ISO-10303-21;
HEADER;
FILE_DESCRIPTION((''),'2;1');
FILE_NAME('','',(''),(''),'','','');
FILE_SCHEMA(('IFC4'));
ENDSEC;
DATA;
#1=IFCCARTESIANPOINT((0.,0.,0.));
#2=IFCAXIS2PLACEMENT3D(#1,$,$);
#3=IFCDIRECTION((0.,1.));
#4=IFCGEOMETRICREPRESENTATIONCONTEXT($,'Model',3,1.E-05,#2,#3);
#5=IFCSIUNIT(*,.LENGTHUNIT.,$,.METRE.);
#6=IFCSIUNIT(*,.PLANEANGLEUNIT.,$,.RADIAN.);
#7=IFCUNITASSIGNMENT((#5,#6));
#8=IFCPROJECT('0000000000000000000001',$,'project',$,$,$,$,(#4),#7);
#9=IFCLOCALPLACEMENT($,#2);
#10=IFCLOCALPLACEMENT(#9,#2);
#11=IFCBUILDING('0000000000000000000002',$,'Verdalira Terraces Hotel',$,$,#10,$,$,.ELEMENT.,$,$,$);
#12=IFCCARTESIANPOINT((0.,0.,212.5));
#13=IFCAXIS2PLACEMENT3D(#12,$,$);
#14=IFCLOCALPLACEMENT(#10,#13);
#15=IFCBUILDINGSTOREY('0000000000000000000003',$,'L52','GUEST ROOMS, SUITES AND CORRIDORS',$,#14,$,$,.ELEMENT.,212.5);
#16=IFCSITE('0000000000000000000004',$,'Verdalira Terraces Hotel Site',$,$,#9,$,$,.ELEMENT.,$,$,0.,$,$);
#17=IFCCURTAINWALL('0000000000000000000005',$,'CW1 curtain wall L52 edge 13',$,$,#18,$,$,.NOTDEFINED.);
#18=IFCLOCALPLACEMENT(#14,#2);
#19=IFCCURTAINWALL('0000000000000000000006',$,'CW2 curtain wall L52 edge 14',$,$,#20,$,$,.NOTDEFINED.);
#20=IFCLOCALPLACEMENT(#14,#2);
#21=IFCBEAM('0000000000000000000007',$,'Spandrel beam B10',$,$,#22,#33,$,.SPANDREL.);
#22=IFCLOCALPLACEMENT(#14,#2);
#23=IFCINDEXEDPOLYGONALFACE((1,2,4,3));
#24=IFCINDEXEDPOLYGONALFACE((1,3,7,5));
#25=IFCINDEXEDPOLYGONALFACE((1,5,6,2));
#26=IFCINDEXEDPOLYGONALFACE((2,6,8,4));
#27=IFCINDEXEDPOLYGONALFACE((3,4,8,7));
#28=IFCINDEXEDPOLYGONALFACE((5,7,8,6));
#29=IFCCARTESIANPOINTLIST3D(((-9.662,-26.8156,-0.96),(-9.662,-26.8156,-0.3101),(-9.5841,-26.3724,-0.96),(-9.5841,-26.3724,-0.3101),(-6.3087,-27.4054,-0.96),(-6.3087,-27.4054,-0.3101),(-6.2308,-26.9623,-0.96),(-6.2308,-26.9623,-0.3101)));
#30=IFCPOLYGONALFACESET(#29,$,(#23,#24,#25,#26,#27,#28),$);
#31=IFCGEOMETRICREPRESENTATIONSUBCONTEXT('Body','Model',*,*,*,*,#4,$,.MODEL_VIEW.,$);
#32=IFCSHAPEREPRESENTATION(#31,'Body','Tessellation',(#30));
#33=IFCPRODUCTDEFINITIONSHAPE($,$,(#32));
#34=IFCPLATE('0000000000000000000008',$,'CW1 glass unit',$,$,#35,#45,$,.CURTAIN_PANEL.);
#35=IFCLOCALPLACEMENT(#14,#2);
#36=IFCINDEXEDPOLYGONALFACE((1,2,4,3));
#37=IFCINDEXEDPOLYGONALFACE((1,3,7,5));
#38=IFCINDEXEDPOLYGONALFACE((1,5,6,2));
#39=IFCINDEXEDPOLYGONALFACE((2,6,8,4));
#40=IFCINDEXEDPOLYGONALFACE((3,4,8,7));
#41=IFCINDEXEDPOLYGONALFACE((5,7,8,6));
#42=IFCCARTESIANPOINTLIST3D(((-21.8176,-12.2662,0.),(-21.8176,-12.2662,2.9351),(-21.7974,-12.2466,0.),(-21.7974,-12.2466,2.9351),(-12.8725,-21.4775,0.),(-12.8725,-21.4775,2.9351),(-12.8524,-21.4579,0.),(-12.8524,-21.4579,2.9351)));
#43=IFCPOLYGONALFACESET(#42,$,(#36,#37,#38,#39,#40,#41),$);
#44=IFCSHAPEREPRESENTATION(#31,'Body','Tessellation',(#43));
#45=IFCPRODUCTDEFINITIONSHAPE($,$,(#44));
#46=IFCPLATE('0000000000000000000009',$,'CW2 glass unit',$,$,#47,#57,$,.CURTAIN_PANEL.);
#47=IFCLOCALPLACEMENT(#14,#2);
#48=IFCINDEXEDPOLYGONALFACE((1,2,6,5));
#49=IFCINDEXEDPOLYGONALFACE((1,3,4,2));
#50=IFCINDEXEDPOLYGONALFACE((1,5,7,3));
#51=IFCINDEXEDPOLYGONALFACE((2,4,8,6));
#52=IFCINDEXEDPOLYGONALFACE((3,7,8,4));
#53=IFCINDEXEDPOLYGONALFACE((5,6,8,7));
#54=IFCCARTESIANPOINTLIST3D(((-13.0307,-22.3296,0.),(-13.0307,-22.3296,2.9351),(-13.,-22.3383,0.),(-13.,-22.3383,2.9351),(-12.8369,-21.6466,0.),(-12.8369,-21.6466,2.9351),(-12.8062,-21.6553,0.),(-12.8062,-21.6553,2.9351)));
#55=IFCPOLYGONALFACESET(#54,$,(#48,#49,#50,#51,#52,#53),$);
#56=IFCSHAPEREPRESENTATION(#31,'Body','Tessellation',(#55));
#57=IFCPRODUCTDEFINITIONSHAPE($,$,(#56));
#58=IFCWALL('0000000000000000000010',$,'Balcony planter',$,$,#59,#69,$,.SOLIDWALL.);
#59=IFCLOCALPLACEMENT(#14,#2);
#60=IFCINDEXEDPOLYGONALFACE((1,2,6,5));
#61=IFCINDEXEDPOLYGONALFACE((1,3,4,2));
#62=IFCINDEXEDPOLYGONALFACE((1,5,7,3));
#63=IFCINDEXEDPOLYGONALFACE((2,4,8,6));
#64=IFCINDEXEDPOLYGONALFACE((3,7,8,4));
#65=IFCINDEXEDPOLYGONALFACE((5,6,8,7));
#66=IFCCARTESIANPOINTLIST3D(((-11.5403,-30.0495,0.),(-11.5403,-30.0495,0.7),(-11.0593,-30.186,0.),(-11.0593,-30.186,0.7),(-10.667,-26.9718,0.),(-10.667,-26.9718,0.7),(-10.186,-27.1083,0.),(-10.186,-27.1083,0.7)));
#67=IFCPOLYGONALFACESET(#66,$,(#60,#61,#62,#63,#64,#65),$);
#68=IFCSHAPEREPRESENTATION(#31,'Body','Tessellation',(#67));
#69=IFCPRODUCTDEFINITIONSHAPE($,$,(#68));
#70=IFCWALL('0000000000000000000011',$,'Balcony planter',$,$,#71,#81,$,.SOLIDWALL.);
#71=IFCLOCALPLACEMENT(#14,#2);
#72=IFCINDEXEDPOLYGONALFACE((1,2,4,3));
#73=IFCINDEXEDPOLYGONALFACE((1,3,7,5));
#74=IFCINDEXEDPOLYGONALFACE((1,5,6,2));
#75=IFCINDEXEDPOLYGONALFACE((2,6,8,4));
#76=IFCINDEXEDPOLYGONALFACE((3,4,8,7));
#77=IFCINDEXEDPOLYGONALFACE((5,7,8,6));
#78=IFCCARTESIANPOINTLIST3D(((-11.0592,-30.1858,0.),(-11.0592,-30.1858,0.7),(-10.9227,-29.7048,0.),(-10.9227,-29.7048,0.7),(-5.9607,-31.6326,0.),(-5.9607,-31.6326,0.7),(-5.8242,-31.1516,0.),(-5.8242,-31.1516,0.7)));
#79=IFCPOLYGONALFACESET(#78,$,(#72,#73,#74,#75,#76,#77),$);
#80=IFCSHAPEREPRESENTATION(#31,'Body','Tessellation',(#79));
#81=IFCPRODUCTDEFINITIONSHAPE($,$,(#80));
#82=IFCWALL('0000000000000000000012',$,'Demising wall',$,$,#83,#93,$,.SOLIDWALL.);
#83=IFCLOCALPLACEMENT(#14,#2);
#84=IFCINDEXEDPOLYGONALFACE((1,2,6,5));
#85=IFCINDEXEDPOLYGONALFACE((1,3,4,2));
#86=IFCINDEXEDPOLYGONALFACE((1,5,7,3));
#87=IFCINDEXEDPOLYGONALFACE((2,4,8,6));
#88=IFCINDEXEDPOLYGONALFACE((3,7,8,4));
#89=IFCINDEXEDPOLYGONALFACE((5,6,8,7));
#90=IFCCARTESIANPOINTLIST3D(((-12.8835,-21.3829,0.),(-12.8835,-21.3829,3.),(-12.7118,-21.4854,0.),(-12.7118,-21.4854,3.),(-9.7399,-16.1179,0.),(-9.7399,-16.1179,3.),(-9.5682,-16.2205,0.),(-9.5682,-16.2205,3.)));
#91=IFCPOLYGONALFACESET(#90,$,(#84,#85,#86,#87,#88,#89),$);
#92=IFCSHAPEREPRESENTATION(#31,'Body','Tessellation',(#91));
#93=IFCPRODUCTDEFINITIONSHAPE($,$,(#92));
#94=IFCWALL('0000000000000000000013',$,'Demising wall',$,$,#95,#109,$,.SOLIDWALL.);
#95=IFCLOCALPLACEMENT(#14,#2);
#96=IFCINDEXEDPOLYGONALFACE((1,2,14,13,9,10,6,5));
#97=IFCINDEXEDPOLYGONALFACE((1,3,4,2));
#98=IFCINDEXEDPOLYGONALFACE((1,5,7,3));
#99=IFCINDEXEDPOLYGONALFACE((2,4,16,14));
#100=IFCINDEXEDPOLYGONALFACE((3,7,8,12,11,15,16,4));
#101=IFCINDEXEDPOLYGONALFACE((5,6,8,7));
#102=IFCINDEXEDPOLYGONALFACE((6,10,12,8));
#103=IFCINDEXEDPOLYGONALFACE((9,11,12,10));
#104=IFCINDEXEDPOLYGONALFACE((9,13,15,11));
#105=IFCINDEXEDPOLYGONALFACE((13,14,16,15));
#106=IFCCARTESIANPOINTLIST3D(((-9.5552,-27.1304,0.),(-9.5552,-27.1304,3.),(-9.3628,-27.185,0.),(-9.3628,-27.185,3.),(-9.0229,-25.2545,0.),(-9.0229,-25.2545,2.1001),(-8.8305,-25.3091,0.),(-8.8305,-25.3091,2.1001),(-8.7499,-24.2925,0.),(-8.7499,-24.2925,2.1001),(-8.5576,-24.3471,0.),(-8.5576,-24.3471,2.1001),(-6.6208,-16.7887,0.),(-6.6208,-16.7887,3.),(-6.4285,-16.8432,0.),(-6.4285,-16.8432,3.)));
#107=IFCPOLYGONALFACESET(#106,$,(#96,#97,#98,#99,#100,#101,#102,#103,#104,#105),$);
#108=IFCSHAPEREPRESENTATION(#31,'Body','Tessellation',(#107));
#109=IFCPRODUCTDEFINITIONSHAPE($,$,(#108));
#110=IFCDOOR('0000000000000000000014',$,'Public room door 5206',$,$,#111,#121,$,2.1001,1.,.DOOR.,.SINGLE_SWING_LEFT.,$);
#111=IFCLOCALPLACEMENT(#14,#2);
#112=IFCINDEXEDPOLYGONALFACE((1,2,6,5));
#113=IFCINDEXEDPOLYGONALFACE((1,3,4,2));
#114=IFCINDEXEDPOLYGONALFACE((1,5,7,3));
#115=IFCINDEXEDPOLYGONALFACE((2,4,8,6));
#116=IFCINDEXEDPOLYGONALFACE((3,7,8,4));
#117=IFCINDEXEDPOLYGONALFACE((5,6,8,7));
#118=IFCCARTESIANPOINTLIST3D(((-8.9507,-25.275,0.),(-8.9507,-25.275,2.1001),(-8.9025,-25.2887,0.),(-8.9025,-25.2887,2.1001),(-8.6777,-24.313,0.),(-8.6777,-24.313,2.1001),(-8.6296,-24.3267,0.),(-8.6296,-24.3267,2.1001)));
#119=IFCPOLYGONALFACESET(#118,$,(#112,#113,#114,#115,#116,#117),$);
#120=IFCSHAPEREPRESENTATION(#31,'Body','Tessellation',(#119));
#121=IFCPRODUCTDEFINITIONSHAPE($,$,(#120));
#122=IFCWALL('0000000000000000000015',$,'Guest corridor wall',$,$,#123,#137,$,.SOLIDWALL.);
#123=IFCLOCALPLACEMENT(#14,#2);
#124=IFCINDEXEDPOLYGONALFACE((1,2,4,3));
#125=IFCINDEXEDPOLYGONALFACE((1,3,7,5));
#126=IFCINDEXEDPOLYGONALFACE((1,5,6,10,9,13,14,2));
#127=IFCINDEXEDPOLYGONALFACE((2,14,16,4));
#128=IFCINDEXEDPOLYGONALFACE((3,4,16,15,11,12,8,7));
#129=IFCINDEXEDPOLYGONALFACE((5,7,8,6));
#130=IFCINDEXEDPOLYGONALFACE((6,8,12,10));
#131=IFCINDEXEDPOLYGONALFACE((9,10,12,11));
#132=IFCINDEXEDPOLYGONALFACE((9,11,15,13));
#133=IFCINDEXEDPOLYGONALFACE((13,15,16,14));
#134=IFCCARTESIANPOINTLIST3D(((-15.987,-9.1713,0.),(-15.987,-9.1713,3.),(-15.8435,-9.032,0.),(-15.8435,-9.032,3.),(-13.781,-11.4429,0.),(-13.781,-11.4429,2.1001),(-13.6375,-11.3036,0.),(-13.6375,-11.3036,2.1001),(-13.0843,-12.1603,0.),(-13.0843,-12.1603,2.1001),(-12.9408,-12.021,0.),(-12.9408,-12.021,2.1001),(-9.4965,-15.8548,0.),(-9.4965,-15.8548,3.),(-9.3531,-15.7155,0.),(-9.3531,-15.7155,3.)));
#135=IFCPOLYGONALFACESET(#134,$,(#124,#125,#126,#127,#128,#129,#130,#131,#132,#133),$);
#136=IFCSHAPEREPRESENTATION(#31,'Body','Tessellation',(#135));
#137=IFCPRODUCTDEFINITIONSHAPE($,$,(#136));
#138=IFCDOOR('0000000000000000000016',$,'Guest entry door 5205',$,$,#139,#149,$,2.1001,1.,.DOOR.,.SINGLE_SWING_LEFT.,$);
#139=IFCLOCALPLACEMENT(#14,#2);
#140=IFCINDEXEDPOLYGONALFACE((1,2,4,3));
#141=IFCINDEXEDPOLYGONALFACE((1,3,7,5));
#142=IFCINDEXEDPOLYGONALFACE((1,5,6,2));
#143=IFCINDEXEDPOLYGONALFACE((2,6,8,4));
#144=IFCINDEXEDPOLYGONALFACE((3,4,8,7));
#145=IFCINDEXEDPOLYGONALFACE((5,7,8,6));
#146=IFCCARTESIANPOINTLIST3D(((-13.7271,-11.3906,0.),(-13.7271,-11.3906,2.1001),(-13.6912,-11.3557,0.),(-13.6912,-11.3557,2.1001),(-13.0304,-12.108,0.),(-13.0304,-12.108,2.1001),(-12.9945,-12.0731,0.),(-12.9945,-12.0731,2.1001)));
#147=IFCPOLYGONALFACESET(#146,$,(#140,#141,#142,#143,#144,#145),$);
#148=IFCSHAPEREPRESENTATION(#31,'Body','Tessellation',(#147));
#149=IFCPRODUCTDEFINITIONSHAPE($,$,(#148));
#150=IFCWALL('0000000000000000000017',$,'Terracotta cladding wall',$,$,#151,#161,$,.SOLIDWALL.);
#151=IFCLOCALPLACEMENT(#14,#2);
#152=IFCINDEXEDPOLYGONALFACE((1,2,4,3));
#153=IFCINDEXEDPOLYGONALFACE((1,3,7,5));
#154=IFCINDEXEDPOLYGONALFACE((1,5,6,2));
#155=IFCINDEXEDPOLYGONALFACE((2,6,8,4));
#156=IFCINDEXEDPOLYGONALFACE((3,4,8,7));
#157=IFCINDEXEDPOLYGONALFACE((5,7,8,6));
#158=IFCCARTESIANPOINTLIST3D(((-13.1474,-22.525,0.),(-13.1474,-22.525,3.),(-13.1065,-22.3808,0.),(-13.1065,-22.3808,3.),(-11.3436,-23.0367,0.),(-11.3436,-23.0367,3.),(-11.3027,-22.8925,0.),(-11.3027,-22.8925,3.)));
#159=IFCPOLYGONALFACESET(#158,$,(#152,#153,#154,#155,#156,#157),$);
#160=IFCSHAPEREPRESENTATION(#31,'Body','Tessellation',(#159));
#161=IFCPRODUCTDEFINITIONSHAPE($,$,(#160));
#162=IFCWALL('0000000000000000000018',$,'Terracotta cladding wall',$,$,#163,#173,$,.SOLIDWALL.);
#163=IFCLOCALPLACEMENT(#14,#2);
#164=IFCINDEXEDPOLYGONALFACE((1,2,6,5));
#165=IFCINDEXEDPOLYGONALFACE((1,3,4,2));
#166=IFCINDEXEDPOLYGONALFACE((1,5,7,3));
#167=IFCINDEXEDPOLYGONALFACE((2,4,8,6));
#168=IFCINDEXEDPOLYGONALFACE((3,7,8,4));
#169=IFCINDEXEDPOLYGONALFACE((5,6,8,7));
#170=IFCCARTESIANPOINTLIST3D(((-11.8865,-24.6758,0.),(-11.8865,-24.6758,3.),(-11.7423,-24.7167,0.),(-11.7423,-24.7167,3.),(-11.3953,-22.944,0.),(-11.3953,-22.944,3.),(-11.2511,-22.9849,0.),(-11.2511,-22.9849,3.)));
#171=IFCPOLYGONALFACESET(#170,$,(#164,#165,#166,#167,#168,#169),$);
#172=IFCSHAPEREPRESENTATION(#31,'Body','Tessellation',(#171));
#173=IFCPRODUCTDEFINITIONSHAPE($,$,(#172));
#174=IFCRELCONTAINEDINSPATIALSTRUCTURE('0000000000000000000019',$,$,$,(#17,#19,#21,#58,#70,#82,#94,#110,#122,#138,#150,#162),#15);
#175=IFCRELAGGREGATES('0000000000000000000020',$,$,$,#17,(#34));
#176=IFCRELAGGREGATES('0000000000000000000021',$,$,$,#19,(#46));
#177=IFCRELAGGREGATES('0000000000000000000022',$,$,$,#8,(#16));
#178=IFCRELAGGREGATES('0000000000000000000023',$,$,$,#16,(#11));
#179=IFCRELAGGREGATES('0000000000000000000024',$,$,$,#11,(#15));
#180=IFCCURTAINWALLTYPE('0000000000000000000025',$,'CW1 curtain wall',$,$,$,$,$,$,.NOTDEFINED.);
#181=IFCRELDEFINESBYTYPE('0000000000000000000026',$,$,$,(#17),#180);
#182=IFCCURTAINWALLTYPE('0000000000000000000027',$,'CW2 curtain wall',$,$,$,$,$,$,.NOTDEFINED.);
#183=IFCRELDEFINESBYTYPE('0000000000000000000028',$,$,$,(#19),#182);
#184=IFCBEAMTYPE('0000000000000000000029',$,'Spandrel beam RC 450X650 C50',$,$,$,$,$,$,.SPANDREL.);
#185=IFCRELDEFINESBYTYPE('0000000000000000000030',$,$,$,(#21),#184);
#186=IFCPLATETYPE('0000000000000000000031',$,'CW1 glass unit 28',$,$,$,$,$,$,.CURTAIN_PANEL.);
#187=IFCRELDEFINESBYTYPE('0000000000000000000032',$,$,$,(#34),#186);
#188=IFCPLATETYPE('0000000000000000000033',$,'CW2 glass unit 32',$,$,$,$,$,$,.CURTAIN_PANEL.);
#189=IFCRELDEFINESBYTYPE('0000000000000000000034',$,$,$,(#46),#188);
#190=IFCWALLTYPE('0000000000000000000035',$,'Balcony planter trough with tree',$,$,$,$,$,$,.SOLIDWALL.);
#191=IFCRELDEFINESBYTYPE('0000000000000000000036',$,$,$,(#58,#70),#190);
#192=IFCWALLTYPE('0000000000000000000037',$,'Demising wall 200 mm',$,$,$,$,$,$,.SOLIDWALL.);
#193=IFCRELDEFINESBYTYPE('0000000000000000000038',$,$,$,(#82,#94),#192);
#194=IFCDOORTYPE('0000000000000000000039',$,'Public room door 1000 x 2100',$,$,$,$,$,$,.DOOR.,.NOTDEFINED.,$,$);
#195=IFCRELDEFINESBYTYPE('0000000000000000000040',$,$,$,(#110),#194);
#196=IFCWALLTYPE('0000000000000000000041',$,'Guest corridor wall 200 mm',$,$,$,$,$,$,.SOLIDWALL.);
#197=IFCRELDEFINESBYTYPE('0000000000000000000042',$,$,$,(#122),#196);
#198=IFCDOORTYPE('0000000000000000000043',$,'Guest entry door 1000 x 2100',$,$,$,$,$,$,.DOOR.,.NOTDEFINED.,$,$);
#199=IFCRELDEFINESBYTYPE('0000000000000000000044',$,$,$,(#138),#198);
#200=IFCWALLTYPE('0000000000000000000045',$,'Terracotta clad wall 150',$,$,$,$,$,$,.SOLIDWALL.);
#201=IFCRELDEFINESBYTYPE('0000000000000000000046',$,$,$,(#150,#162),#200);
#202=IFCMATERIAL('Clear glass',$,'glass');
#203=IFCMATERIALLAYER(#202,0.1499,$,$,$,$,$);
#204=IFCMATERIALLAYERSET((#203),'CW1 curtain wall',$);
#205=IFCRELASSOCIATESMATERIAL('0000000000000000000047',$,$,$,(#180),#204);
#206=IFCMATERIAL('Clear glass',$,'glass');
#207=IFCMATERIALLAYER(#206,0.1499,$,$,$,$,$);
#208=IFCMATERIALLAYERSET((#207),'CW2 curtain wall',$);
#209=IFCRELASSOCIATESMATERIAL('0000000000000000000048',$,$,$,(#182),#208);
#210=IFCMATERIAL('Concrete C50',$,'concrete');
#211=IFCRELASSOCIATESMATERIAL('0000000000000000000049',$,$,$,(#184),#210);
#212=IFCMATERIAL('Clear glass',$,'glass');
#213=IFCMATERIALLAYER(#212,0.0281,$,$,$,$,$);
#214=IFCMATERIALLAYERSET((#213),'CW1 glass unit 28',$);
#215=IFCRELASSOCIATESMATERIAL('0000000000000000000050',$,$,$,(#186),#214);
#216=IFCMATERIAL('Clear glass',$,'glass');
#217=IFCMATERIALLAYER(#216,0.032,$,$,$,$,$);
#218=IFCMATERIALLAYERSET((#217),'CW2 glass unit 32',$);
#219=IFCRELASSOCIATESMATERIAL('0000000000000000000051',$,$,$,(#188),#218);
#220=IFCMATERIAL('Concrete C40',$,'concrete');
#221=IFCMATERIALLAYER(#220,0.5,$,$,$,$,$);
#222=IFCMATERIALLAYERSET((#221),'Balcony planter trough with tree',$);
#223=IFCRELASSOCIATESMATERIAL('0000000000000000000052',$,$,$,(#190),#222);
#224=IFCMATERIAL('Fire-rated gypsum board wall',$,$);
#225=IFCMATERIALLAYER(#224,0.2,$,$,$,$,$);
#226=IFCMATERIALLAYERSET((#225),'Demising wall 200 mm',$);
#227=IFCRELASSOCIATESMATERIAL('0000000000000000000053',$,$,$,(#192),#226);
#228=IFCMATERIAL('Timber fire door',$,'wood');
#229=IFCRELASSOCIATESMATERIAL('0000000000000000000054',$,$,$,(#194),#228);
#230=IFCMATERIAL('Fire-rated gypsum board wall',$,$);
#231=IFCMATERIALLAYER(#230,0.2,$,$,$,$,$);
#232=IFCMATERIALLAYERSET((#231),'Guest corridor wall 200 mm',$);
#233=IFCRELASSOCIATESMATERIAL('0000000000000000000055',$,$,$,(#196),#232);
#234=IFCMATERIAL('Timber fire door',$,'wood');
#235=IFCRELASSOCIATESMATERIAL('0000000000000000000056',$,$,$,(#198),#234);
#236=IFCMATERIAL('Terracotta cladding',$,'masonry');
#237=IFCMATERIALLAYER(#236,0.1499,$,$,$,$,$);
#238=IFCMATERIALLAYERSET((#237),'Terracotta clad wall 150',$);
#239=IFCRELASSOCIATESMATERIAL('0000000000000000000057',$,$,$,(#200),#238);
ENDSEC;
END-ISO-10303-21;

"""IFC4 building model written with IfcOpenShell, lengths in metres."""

from ifc_helpers import new_model, si_unit, direction, frame, frame_2d, origin, origin_2d, place, context, subcontext, project, spatial, rectangle, extrude, material, layer, layer_set, material_profile, profile_set, type_object, element, fill, aggregate, save


model = new_model("IFC4")

# Units and contexts
model_context = context("Model", 3, precision=1e-05, world=origin(), true_north=direction((0.0, 1.0)))
body_context = subcontext(model_context, "Body", "Model", "MODEL_VIEW")
ifc_project = project(units=[si_unit("LENGTHUNIT", "METRE"), si_unit("PLANEANGLEUNIT", "RADIAN")], contexts=[model_context])

# Site, building, storey
site_placement = place(None, origin())
site = spatial("IfcSite", under=ifc_project, at=site_placement, Name="Verdalira Terraces Hotel Site", CompositionType="ELEMENT", RefElevation=0.0)
building_placement = place(site_placement, origin())
building = spatial("IfcBuilding", under=site, at=building_placement, Name="Verdalira Terraces Hotel", CompositionType="ELEMENT")
storey_placement = place(building_placement, frame((0.0, 0.0, 212.5)))
storey = spatial("IfcBuildingStorey", under=building, at=storey_placement, Name="L52", Description="GUEST ROOMS, SUITES AND CORRIDORS", CompositionType="ELEMENT", Elevation=212.5)

# Curtain wall
ifc_material_1 = material(Name="Clear glass", Category="glass")
ifc_layer_1 = layer(ifc_material_1, 0.1499)
ifc_layer_set_1 = layer_set([ifc_layer_1], Name="CW1 curtain wall")
curtain_wall_type_1 = type_object("IfcCurtainWallType", Name="CW1 curtain wall", PredefinedType="NOTDEFINED", material=ifc_layer_set_1)
curtain_wall_1_placement = place(storey_placement, origin())
curtain_wall_1 = element("IfcCurtainWall", 1, at=curtain_wall_1_placement, inside=storey, type_object=curtain_wall_type_1, Name="CW1 curtain wall L52 edge 13", PredefinedType="NOTDEFINED")

# Curtain wall
ifc_material_2 = material(Name="Clear glass", Category="glass")
ifc_layer_2 = layer(ifc_material_2, 0.1499)
ifc_layer_set_2 = layer_set([ifc_layer_2], Name="CW2 curtain wall")
curtain_wall_type_2 = type_object("IfcCurtainWallType", Name="CW2 curtain wall", PredefinedType="NOTDEFINED", material=ifc_layer_set_2)
curtain_wall_2_placement = place(storey_placement, origin())
curtain_wall_2 = element("IfcCurtainWall", 2, at=curtain_wall_2_placement, inside=storey, type_object=curtain_wall_type_2, Name="CW2 curtain wall L52 edge 14", PredefinedType="NOTDEFINED")

# Beam
ifc_material_3 = material(Name="Concrete C50", Category="concrete")
ifc_material_profile_1 = material_profile(ifc_material_3, rectangle(XDim=0.45, YDim=0.6499, at=origin_2d()), Name="RC 450X650")
ifc_profile_set_1 = profile_set([ifc_material_profile_1], Name="Concrete C50")
beam_type_1 = type_object("IfcBeamType", Name="Spandrel beam RC 450X650 C50", PredefinedType="SPANDREL", material=ifc_profile_set_1)
beam_1_placement = place(storey_placement, frame((-9.623, -26.594, -0.635), z_axis=(0.984879, -0.173241, 0.0), x_axis=(0.173241, 0.984879, 0.0)))
element("IfcBeam", 3, at=beam_1_placement, inside=storey, type_object=beam_type_1, Name="Spandrel beam B10", PredefinedType="SPANDREL", context=body_context, shape_type="SweptSolid", body=[
    extrude(rectangle(XDim=0.45, YDim=0.6499, at=origin_2d()), origin(), (0.0, 0.0, 1.0), 3.4048),
])

# Plates
ifc_material_4 = material(Name="Clear glass", Category="glass")
ifc_layer_3 = layer(ifc_material_4, 0.0281)
ifc_layer_set_3 = layer_set([ifc_layer_3], Name="CW1 glass unit 28")
plate_type_1 = type_object("IfcPlateType", Name="CW1 glass unit 28", PredefinedType="CURTAIN_PANEL", material=ifc_layer_set_3)
plate_1_placement = place(storey_placement, frame((-17.335, -16.8621, 0.0), z_axis=(0.0, 0.0, 1.0), x_axis=(0.696664, -0.717397, 0.0)))
plate_1 = element("IfcPlate", 4, at=plate_1_placement, type_object=plate_type_1, Name="CW1 glass unit", PredefinedType="CURTAIN_PANEL", context=body_context, shape_type="SweptSolid", body=[
    extrude(rectangle(XDim=12.8398, YDim=0.0281, at=origin_2d()), origin(), (0.0, 0.0, 1.0), 2.9351),
])
aggregate(curtain_wall_1, [plate_1])
ifc_material_5 = material(Name="Clear glass", Category="glass")
ifc_layer_4 = layer(ifc_material_5, 0.032)
ifc_layer_set_4 = layer_set([ifc_layer_4], Name="CW2 glass unit 32")
plate_type_2 = type_object("IfcPlateType", Name="CW2 glass unit 32", PredefinedType="CURTAIN_PANEL", material=ifc_layer_set_4)
plate_2_placement = place(storey_placement, frame((-12.9185, -21.9924, 0.0), z_axis=(0.0, 0.0, 1.0), x_axis=(-0.272952, -0.962028, 0.0)))
plate_2 = element("IfcPlate", 5, at=plate_2_placement, type_object=plate_type_2, Name="CW2 glass unit", PredefinedType="CURTAIN_PANEL", context=body_context, shape_type="SweptSolid", body=[
    extrude(rectangle(XDim=0.71, YDim=0.032, at=origin_2d()), origin(), (0.0, 0.0, 1.0), 2.9351),
])
aggregate(curtain_wall_2, [plate_2])

# Walls
ifc_material_6 = material(Name="Concrete C40", Category="concrete")
ifc_layer_5 = layer(ifc_material_6, 0.5)
ifc_layer_set_5 = layer_set([ifc_layer_5], Name="Balcony planter trough with tree")
wall_type_1 = type_object("IfcWallType", Name="Balcony planter trough with tree", PredefinedType="SOLIDWALL", material=ifc_layer_set_5)
wall_1_placement = place(storey_placement, frame((-10.4265, -27.04, 0.0), z_axis=(0.0, 0.0, 1.0), x_axis=(-0.272977, -0.962021, 0.0)))
element("IfcWall", 6, at=wall_1_placement, inside=storey, type_object=wall_type_1, Name="Balcony planter", PredefinedType="SOLIDWALL", context=body_context, shape_type="SweptSolid", body=[
    extrude(rectangle(XDim=3.1992, YDim=0.5, at=frame_2d((1.5996, 0.0))), origin(), (0.0, 0.0, 1.0), 0.7),
])
wall_2_placement = place(storey_placement, frame((-10.991, -29.9453, 0.0), z_axis=(0.0, 0.0, 1.0), x_axis=(0.96202, -0.272981, 0.0)))
element("IfcWall", 7, at=wall_2_placement, inside=storey, type_object=wall_type_1, Name="Balcony planter", PredefinedType="SOLIDWALL", context=body_context, shape_type="SweptSolid", body=[
    extrude(rectangle(XDim=5.2998, YDim=0.5, at=frame_2d((2.6499, 0.0))), origin(), (0.0, 0.0, 1.0), 0.7),
])
ifc_material_7 = material(Name="Fire-rated gypsum board wall")
ifc_layer_6 = layer(ifc_material_7, 0.2)
ifc_layer_set_6 = layer_set([ifc_layer_6], Name="Demising wall 200 mm")
wall_type_2 = type_object("IfcWallType", Name="Demising wall 200 mm", PredefinedType="SOLIDWALL", material=ifc_layer_set_6)
wall_3_placement = place(storey_placement, frame((-12.7976, -21.4341, 0.0), z_axis=(0.0, 0.0, 1.0), x_axis=(0.51265, 0.858598, 0.0)))
element("IfcWall", 8, at=wall_3_placement, inside=storey, type_object=wall_type_2, Name="Demising wall", PredefinedType="SOLIDWALL", context=body_context, shape_type="SweptSolid", body=[
    extrude(rectangle(XDim=6.1321, YDim=0.2, at=frame_2d((3.0659, 0.0))), origin(), (0.0, 0.0, 1.0), 3.0),
])

# Walls, openings, doors
wall_4_placement = place(storey_placement, frame((-9.459, -27.1577, 0.0), z_axis=(0.0, 0.0, 1.0), x_axis=(0.27296, 0.962025, 0.0)))
wall_4 = element("IfcWall", 9, at=wall_4_placement, inside=storey, type_object=wall_type_2, Name="Demising wall", PredefinedType="SOLIDWALL", context=body_context, shape_type="SweptSolid", body=[
    extrude(rectangle(XDim=10.75, YDim=0.2, at=frame_2d((5.375, 0.0))), origin(), (0.0, 0.0, 1.0), 3.0),
])
opening_1_placement = place(wall_4_placement, frame((1.95, 0.0, 0.0)))
opening_1 = element("IfcOpeningElement", 10, at=opening_1_placement, cuts=wall_4, PredefinedType="OPENING", context=body_context, shape_type="SweptSolid", body=[
    extrude(rectangle(XDim=1.0, YDim=2.1001, at=frame_2d((0.5, 1.05))), frame((0.0, 0.1099, 0.0), z_axis=(0.0, -1.0, 0.0), x_axis=(1.0, 0.0, 0.0)), (0.0, 0.0, 1.0), 0.22),
])
ifc_material_8 = material(Name="Timber fire door", Category="wood")
door_type_1 = type_object("IfcDoorType", Name="Public room door 1000 x 2100", OperationType="NOTDEFINED", PredefinedType="DOOR", material=ifc_material_8)
door_1_placement = place(opening_1_placement, origin())
door_1 = element("IfcDoor", 11, at=door_1_placement, inside=storey, type_object=door_type_1, Name="Public room door 5206", OperationType="SINGLE_SWING_LEFT", OverallHeight=2.1001, OverallWidth=1.0, PredefinedType="DOOR", context=body_context, shape_type="SweptSolid", body=[
    extrude(rectangle(XDim=1.0, YDim=2.1001, at=frame_2d((0.5, 1.05))), frame((0.0, 0.0249, 0.0), z_axis=(0.0, -1.0, 0.0), x_axis=(1.0, 0.0, 0.0)), (0.0, 0.0, 1.0), 0.05),
])
fill(opening_1, door_1)
ifc_material_9 = material(Name="Fire-rated gypsum board wall")
ifc_layer_7 = layer(ifc_material_9, 0.2)
ifc_layer_set_7 = layer_set([ifc_layer_7], Name="Guest corridor wall 200 mm")
wall_type_3 = type_object("IfcWallType", Name="Guest corridor wall 200 mm", PredefinedType="SOLIDWALL", material=ifc_layer_set_7)
wall_5_placement = place(storey_placement, frame((-9.4248, -15.7852, 0.0), z_axis=(0.0, 0.0, 1.0), x_axis=(-0.696667, 0.717395, 0.0)))
wall_5 = element("IfcWall", 12, at=wall_5_placement, inside=storey, type_object=wall_type_3, Name="Guest corridor wall", PredefinedType="SOLIDWALL", context=body_context, shape_type="SweptSolid", body=[
    extrude(rectangle(XDim=9.3164, YDim=0.2, at=frame_2d((4.6582, 0.0))), origin(), (0.0, 0.0, 1.0), 3.0),
])
opening_2_placement = place(wall_5_placement, frame((5.1499, 0.0, 0.0)))
opening_2 = element("IfcOpeningElement", 13, at=opening_2_placement, cuts=wall_5, PredefinedType="OPENING", context=body_context, shape_type="SweptSolid", body=[
    extrude(rectangle(XDim=1.0, YDim=2.1001, at=frame_2d((0.5, 1.05))), frame((0.0, 0.1099, 0.0), z_axis=(0.0, -1.0, 0.0), x_axis=(1.0, 0.0, 0.0)), (0.0, 0.0, 1.0), 0.22),
])
ifc_material_10 = material(Name="Timber fire door", Category="wood")
door_type_2 = type_object("IfcDoorType", Name="Guest entry door 1000 x 2100", OperationType="NOTDEFINED", PredefinedType="DOOR", material=ifc_material_10)
door_2_placement = place(opening_2_placement, origin())
door_2 = element("IfcDoor", 14, at=door_2_placement, inside=storey, type_object=door_type_2, Name="Guest entry door 5205", OperationType="SINGLE_SWING_LEFT", OverallHeight=2.1001, OverallWidth=1.0, PredefinedType="DOOR", context=body_context, shape_type="SweptSolid", body=[
    extrude(rectangle(XDim=1.0, YDim=2.1001, at=frame_2d((0.5, 1.05))), frame((0.0, 0.0249, 0.0), z_axis=(0.0, -1.0, 0.0), x_axis=(1.0, 0.0, 0.0)), (0.0, 0.0, 1.0), 0.05),
])
fill(opening_2, door_2)

# Walls
ifc_material_11 = material(Name="Terracotta cladding", Category="masonry")
ifc_layer_8 = layer(ifc_material_11, 0.1499)
ifc_layer_set_8 = layer_set([ifc_layer_8], Name="Terracotta clad wall 150")
wall_type_4 = type_object("IfcWallType", Name="Terracotta clad wall 150", PredefinedType="SOLIDWALL", material=ifc_layer_set_8)
wall_6_placement = place(storey_placement, frame((-13.127, -22.4529, 0.0), z_axis=(0.0, 0.0, 1.0), x_axis=(0.962033, -0.272932, 0.0)))
element("IfcWall", 15, at=wall_6_placement, inside=storey, type_object=wall_type_4, Name="Terracotta cladding wall", PredefinedType="SOLIDWALL", context=body_context, shape_type="SweptSolid", body=[
    extrude(rectangle(XDim=1.875, YDim=0.1499, at=frame_2d((0.9375, 0.0))), origin(), (0.0, 0.0, 1.0), 3.0),
])
wall_7_placement = place(storey_placement, frame((-11.3232, -22.9646, 0.0), z_axis=(0.0, 0.0, 1.0), x_axis=(-0.272893, -0.962044, 0.0)))
element("IfcWall", 16, at=wall_7_placement, inside=storey, type_object=wall_type_4, Name="Terracotta cladding wall", PredefinedType="SOLIDWALL", context=body_context, shape_type="SweptSolid", body=[
    extrude(rectangle(XDim=1.8, YDim=0.1499, at=frame_2d((0.8999, 0.0))), origin(), (0.0, 0.0, 1.0), 3.0),
])

save(model, "model.ifc")
